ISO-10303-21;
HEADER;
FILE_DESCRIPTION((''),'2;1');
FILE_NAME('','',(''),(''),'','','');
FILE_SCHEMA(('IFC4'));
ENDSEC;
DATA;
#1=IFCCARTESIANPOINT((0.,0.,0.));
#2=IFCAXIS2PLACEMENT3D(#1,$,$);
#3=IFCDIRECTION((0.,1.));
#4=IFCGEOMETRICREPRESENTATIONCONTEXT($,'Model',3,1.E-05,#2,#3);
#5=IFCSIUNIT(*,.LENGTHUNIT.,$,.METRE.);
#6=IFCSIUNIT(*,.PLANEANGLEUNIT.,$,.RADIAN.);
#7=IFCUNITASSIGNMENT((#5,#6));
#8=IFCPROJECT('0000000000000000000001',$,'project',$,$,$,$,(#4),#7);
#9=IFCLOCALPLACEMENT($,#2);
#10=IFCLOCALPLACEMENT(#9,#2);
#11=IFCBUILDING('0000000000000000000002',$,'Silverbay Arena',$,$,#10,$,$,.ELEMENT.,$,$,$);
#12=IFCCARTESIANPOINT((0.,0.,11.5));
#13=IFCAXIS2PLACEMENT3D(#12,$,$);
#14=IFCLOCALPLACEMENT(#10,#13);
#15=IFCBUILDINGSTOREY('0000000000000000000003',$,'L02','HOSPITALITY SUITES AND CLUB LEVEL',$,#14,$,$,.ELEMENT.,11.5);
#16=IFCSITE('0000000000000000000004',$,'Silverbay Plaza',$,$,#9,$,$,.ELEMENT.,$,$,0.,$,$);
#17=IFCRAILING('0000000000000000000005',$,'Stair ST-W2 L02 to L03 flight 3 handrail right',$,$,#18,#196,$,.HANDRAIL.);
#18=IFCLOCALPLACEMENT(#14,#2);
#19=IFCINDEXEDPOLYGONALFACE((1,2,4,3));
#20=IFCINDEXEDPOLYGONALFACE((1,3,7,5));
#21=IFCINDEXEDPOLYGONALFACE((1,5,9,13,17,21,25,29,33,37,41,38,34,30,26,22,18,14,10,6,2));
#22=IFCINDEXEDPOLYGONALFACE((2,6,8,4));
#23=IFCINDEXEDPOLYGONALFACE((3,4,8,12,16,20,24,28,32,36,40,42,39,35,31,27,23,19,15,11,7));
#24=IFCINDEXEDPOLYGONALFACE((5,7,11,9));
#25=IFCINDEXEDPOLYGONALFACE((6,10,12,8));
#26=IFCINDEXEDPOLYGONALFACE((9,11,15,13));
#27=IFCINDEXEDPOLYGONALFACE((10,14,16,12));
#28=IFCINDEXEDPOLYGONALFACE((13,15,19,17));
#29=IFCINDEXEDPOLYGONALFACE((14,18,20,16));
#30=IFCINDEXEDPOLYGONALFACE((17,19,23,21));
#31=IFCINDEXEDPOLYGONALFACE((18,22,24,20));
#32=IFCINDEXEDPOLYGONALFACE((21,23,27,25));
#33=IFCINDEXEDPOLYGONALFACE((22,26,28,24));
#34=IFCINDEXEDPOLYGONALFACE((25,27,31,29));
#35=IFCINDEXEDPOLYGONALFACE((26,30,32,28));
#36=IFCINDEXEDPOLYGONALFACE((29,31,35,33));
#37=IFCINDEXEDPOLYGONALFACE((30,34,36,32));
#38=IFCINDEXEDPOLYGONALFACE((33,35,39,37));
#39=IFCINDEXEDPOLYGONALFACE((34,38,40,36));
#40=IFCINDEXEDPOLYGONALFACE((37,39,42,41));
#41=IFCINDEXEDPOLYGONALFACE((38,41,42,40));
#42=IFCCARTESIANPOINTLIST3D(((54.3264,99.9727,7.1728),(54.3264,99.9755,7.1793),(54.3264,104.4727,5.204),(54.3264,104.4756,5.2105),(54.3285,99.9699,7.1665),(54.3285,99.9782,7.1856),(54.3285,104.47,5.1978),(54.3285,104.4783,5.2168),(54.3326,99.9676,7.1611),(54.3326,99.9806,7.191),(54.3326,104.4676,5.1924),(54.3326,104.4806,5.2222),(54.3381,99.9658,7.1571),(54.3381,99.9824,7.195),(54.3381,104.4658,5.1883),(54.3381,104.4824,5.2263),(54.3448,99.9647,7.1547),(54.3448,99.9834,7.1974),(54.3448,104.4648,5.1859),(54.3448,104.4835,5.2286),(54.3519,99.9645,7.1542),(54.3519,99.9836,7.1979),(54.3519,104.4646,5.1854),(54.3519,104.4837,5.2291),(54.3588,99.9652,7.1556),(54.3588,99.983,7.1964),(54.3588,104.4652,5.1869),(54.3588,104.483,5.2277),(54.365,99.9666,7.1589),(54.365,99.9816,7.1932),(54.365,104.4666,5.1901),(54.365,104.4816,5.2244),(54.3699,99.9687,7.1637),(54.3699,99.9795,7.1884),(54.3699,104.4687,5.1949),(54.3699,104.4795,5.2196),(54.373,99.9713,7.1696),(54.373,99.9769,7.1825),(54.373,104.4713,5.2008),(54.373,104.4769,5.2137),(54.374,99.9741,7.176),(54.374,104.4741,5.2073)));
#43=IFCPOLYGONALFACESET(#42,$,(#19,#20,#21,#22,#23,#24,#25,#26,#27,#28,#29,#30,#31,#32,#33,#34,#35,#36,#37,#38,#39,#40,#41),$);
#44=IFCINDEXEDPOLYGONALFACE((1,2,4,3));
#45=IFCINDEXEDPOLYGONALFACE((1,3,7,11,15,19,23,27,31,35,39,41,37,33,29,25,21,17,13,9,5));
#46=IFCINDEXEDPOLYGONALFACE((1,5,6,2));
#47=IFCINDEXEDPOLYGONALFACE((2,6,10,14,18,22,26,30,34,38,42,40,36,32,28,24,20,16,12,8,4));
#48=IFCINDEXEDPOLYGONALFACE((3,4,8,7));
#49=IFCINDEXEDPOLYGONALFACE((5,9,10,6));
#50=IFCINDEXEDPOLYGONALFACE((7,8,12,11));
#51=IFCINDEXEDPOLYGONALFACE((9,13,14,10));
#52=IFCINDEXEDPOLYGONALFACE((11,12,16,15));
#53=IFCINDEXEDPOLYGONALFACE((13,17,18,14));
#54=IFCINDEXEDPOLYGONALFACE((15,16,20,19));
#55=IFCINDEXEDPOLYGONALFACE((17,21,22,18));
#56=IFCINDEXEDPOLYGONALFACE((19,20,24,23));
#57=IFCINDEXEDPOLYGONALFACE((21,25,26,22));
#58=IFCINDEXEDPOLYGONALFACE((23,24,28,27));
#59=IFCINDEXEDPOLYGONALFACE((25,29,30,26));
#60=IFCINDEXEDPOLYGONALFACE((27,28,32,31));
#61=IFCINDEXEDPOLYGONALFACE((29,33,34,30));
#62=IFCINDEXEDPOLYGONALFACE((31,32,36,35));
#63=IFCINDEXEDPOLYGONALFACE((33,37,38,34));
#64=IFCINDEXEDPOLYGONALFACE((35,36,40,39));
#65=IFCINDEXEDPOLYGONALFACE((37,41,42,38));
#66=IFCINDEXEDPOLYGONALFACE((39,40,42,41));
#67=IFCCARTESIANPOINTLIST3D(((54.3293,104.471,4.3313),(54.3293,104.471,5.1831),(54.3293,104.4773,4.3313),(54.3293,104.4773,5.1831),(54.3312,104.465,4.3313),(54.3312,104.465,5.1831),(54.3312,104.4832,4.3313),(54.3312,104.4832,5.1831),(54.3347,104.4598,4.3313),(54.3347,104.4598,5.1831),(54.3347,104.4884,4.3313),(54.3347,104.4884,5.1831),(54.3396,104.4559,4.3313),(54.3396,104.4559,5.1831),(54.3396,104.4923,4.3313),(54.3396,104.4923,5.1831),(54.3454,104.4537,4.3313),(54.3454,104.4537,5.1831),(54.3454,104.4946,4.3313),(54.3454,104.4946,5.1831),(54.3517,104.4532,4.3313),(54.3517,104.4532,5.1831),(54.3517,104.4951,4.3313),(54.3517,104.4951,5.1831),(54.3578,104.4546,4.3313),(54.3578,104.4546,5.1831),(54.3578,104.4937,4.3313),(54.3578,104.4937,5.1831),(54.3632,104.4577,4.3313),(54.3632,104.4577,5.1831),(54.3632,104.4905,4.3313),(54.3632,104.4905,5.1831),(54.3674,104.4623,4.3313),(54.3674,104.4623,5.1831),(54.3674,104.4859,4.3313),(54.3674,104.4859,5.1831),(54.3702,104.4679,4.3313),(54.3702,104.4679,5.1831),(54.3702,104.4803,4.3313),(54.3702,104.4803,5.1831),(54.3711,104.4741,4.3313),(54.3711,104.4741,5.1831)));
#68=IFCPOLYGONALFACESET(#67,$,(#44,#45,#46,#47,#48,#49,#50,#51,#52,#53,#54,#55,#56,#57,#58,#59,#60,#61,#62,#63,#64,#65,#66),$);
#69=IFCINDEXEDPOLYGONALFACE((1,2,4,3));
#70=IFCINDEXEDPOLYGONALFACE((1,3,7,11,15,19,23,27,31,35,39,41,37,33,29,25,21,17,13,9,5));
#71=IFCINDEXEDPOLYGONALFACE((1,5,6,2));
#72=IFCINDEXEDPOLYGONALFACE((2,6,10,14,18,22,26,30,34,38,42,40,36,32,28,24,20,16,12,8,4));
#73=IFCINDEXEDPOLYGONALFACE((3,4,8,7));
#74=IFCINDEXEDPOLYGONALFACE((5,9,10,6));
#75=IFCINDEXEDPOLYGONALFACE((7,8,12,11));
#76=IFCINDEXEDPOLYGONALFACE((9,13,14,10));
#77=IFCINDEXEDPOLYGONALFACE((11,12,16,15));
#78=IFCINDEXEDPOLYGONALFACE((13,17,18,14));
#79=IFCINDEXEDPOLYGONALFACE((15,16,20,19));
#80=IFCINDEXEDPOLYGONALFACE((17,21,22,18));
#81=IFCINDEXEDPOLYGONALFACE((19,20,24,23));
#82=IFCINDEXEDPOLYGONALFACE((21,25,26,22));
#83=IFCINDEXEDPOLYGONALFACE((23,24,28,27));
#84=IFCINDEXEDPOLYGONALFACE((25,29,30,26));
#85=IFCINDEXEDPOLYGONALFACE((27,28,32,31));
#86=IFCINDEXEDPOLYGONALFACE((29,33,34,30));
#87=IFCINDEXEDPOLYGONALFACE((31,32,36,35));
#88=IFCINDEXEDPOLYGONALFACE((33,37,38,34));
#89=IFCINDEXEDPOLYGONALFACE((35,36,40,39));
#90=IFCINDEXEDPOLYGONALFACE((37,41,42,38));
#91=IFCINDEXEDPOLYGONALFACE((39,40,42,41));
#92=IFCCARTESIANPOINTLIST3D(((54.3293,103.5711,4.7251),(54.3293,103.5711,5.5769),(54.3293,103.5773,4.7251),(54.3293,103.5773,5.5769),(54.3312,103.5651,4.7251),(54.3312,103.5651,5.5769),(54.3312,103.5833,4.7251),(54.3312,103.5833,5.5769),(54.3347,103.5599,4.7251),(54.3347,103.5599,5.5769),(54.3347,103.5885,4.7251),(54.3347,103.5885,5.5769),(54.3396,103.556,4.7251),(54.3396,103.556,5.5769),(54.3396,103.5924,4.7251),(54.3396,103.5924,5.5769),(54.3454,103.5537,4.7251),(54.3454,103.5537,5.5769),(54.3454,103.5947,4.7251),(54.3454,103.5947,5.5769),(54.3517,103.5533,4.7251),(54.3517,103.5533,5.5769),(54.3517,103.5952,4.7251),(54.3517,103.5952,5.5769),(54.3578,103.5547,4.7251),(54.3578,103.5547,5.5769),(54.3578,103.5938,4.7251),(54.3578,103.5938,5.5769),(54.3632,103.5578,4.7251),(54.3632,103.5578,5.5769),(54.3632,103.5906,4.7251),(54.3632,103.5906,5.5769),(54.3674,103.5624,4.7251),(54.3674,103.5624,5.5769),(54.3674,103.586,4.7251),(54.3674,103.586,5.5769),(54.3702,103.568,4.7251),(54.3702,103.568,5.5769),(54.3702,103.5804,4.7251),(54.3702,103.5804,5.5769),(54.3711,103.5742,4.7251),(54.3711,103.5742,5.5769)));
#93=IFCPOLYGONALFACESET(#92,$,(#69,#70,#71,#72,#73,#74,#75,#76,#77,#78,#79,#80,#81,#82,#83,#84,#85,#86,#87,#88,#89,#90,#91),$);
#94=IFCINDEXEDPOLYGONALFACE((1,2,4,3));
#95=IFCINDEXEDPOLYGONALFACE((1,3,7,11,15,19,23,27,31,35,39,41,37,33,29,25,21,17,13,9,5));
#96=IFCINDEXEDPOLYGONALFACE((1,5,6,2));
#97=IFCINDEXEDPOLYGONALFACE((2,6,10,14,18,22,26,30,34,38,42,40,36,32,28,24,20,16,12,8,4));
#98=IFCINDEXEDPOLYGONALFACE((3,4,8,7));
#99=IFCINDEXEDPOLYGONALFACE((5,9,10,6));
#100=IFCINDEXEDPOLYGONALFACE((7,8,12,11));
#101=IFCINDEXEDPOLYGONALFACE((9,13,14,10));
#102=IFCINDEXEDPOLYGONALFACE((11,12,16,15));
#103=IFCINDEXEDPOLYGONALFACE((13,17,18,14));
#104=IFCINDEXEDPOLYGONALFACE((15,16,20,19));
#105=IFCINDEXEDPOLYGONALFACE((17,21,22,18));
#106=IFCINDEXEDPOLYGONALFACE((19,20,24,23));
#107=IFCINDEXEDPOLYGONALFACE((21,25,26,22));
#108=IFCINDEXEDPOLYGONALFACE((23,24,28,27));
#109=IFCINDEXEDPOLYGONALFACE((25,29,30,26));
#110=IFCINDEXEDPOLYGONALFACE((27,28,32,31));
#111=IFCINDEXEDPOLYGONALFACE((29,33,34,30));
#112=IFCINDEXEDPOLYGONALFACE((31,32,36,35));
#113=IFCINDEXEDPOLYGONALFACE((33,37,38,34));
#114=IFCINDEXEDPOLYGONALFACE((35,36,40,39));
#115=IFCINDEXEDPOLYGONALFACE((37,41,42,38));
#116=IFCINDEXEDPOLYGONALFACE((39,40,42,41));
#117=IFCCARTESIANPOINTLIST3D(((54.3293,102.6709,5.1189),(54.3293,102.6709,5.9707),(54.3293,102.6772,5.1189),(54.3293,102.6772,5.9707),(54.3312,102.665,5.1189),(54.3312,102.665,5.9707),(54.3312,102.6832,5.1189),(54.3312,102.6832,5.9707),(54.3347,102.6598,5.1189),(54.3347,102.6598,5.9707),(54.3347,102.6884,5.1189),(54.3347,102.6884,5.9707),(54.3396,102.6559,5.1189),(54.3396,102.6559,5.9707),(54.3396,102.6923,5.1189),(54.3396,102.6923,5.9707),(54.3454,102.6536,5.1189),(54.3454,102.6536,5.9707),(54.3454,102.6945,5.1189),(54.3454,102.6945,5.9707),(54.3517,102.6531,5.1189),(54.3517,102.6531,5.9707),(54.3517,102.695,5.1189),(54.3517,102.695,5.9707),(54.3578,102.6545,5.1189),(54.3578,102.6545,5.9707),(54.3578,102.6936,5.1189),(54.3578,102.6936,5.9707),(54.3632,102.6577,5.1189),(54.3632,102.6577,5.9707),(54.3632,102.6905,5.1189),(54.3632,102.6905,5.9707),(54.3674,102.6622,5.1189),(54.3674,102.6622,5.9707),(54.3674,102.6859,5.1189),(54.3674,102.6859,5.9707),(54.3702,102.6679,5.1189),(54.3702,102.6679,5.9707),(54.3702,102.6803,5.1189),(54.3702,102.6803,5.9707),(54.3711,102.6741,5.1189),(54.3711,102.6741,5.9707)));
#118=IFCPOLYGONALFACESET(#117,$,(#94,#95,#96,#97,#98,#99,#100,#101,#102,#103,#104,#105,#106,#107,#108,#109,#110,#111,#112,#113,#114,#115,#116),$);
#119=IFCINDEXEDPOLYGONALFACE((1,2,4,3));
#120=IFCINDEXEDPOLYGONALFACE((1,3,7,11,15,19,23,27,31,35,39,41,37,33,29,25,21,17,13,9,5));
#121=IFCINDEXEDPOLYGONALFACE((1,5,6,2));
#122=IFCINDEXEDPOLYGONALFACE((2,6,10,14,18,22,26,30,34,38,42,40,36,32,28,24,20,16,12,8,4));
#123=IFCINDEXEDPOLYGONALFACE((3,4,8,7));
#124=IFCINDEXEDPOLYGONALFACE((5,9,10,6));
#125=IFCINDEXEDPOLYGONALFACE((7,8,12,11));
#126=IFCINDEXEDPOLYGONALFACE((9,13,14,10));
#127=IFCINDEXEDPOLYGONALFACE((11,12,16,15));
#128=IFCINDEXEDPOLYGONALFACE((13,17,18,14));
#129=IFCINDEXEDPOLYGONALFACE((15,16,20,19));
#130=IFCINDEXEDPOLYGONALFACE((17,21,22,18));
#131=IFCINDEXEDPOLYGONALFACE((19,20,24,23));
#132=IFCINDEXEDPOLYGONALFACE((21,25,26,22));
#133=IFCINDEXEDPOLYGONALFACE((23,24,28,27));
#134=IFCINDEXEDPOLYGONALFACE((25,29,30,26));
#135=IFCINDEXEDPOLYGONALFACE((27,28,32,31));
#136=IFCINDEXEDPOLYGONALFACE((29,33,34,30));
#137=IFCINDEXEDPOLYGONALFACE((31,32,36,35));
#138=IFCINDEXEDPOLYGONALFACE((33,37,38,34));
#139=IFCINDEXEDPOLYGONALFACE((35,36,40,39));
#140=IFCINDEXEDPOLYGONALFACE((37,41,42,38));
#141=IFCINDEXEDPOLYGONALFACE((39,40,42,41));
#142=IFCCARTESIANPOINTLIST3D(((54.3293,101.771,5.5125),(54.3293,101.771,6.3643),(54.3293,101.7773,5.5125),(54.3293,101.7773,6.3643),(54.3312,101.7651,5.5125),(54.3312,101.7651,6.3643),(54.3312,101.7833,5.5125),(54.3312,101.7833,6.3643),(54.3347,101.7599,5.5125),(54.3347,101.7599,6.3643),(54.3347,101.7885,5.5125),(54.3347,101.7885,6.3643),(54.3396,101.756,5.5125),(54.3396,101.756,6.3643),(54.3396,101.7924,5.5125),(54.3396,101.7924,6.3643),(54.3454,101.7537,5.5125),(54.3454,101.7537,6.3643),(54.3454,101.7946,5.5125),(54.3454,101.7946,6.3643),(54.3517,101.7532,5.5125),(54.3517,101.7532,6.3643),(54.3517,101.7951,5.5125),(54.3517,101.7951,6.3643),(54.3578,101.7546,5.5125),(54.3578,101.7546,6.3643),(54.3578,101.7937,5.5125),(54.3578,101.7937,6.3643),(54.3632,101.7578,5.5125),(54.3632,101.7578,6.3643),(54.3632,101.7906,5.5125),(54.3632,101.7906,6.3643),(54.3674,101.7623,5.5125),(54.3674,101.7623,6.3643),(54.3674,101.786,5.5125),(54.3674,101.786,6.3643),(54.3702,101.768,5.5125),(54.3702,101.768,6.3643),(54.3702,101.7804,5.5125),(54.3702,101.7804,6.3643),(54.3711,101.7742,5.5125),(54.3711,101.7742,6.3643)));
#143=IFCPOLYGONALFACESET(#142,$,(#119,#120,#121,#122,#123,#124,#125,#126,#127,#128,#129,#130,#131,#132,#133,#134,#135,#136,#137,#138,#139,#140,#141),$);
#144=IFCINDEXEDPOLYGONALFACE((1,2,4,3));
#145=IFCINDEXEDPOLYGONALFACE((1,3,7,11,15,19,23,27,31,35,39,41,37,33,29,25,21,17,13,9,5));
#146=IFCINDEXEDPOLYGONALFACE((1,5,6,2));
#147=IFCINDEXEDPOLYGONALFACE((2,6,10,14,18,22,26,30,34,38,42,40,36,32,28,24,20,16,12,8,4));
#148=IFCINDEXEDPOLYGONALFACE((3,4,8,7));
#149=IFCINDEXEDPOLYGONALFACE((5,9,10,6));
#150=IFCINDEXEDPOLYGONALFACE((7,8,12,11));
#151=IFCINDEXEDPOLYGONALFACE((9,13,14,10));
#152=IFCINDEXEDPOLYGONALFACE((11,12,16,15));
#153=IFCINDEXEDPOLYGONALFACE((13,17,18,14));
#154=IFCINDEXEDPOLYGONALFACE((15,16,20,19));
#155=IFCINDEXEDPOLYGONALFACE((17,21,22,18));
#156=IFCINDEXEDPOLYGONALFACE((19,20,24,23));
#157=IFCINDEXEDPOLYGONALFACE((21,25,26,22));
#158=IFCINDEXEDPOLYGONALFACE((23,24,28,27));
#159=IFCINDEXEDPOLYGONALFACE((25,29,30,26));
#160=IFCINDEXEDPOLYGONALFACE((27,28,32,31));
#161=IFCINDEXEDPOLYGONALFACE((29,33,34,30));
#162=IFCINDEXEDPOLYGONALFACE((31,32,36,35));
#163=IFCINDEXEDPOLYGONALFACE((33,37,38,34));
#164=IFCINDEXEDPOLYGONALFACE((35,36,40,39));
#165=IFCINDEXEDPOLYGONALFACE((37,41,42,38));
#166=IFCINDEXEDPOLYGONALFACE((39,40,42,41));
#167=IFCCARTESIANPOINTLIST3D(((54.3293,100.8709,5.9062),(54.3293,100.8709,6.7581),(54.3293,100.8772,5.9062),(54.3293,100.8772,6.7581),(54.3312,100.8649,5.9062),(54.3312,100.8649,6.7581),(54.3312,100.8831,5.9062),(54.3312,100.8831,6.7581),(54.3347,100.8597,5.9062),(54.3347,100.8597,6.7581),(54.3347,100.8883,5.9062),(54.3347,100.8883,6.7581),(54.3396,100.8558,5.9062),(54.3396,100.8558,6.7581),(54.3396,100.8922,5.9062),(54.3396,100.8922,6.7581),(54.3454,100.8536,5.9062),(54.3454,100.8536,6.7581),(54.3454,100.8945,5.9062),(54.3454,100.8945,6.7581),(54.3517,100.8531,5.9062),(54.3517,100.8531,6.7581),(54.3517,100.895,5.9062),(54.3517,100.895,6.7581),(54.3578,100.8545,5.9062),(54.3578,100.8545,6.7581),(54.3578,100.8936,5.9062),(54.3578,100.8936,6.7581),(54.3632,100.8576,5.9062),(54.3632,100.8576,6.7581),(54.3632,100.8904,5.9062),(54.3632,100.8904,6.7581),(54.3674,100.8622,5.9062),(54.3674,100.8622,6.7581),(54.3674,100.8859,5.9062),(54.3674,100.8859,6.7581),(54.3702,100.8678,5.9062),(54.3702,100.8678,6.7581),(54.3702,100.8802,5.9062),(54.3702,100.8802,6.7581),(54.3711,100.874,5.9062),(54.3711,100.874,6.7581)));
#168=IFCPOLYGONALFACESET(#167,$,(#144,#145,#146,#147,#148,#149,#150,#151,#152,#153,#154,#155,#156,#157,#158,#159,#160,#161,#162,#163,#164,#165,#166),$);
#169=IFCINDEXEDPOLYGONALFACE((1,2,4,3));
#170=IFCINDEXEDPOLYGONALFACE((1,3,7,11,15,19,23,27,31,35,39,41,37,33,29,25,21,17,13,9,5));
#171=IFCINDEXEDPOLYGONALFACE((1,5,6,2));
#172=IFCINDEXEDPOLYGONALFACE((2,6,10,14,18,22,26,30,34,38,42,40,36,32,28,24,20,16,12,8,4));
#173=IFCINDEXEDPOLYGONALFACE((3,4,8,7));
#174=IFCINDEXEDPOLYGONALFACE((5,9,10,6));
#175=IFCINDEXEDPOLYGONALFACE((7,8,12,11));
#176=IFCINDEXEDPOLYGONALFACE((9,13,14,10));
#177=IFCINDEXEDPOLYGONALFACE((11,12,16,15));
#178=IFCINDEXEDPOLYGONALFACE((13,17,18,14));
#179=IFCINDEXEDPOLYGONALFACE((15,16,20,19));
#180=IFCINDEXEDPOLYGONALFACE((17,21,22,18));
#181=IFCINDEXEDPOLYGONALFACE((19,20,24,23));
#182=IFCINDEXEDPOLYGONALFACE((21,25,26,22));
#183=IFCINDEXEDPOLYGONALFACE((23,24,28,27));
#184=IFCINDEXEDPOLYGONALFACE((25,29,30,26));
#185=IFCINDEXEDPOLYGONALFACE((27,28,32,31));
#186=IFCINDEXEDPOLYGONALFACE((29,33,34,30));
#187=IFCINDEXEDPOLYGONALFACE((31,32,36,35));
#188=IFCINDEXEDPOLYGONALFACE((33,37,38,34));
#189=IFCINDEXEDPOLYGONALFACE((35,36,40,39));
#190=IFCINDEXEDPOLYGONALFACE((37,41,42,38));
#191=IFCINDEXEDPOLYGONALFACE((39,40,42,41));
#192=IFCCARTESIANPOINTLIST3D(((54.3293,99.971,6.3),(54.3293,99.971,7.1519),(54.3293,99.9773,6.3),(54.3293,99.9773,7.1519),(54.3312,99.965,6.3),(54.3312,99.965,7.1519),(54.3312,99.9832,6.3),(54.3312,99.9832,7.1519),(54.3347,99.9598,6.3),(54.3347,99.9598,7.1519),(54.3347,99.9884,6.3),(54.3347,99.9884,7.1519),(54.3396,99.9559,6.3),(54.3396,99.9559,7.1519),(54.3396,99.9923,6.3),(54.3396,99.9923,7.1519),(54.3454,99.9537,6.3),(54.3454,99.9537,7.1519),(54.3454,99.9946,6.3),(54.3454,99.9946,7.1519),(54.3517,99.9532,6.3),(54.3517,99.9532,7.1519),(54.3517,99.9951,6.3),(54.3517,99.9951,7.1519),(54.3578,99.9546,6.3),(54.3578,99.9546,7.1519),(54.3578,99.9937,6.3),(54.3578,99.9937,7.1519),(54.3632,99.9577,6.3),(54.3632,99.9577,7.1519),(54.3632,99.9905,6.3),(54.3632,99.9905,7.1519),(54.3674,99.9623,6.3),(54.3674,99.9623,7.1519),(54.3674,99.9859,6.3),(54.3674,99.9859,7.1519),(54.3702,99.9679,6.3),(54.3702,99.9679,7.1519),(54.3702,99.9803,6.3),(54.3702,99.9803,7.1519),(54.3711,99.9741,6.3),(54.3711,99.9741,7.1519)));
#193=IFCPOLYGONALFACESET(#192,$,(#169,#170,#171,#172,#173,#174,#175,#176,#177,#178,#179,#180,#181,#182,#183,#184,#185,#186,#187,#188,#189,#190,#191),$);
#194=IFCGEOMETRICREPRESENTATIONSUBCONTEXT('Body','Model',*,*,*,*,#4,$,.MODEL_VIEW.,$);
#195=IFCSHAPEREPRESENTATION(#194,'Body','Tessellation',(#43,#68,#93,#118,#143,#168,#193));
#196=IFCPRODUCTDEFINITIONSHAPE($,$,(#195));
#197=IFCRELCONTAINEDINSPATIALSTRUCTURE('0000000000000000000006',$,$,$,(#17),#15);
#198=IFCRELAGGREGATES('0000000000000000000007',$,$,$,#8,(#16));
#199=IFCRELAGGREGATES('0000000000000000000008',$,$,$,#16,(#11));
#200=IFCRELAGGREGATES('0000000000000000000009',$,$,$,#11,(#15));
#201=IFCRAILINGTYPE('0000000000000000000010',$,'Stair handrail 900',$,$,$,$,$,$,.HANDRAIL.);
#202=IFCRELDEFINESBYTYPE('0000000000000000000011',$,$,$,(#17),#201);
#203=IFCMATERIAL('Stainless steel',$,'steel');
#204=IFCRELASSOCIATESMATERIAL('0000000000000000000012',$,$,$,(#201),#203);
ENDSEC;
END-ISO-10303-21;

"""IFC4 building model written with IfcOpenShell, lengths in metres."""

from ifc_helpers import new_model, si_unit, direction, frame, origin, origin_2d, place, context, subcontext, project, spatial, circle, extrude, material, type_object, element, save


model = new_model("IFC4")

# Units and contexts
model_context = context("Model", 3, precision=1e-05, world=origin(), true_north=direction((0.0, 1.0)))
body_context = subcontext(model_context, "Body", "Model", "MODEL_VIEW")
ifc_project = project(units=[si_unit("LENGTHUNIT", "METRE"), si_unit("PLANEANGLEUNIT", "RADIAN")], contexts=[model_context])

# Site, building, storey
site_placement = place(None, origin())
site = spatial("IfcSite", under=ifc_project, at=site_placement, Name="Silverbay Plaza", CompositionType="ELEMENT", RefElevation=0.0)
building_placement = place(site_placement, origin())
building = spatial("IfcBuilding", under=site, at=building_placement, Name="Silverbay Arena", CompositionType="ELEMENT")
storey_placement = place(building_placement, frame((0.0, 0.0, 11.5)))
storey = spatial("IfcBuildingStorey", under=building, at=storey_placement, Name="L02", Description="HOSPITALITY SUITES AND CLUB LEVEL", CompositionType="ELEMENT", Elevation=11.5)

# Railing
ifc_material_1 = material(Name="Stainless steel", Category="steel")
railing_type_1 = type_object("IfcRailingType", Name="Stair handrail 900", PredefinedType="HANDRAIL", material=ifc_material_1)
for number, where, name in (
    (1, (54.3501, 104.4741, 4.3313), "Stair ST-W2 L02 to L03 flight 3 handrail right"),
):
    element("IfcRailing", number, at=place(storey_placement, frame(where)), inside=storey, type_object=railing_type_1, Name=name, PredefinedType="HANDRAIL", context=body_context, shape_type="SweptSolid", body=[
        extrude(circle(Radius=0.0239, at=origin_2d()), frame((0.0, 0.0, 0.876), z_axis=(0.0, -0.916157, 0.400819), x_axis=(1.0, 0.0, 0.0)), (0.0, 0.0, 1.0), 4.9119),
        extrude(circle(Radius=0.021, at=origin_2d()), origin(), (0.0, 0.0, 1.0), 0.8518),
        extrude(circle(Radius=0.021, at=origin_2d()), frame((0.0, -0.8999, 0.3938)), (0.0, 0.0, 1.0), 0.8518),
        extrude(circle(Radius=0.021, at=origin_2d()), frame((0.0, -1.8, 0.7876)), (0.0, 0.0, 1.0), 0.8518),
        extrude(circle(Radius=0.021, at=origin_2d()), frame((0.0, -2.7, 1.1812)), (0.0, 0.0, 1.0), 0.8518),
        extrude(circle(Radius=0.021, at=origin_2d()), frame((0.0, -3.6001, 1.575)), (0.0, 0.0, 1.0), 0.8518),
        extrude(circle(Radius=0.021, at=origin_2d()), frame((0.0, -4.5, 1.9688)), (0.0, 0.0, 1.0), 0.8518),
    ])

save(model, "model.ifc")
